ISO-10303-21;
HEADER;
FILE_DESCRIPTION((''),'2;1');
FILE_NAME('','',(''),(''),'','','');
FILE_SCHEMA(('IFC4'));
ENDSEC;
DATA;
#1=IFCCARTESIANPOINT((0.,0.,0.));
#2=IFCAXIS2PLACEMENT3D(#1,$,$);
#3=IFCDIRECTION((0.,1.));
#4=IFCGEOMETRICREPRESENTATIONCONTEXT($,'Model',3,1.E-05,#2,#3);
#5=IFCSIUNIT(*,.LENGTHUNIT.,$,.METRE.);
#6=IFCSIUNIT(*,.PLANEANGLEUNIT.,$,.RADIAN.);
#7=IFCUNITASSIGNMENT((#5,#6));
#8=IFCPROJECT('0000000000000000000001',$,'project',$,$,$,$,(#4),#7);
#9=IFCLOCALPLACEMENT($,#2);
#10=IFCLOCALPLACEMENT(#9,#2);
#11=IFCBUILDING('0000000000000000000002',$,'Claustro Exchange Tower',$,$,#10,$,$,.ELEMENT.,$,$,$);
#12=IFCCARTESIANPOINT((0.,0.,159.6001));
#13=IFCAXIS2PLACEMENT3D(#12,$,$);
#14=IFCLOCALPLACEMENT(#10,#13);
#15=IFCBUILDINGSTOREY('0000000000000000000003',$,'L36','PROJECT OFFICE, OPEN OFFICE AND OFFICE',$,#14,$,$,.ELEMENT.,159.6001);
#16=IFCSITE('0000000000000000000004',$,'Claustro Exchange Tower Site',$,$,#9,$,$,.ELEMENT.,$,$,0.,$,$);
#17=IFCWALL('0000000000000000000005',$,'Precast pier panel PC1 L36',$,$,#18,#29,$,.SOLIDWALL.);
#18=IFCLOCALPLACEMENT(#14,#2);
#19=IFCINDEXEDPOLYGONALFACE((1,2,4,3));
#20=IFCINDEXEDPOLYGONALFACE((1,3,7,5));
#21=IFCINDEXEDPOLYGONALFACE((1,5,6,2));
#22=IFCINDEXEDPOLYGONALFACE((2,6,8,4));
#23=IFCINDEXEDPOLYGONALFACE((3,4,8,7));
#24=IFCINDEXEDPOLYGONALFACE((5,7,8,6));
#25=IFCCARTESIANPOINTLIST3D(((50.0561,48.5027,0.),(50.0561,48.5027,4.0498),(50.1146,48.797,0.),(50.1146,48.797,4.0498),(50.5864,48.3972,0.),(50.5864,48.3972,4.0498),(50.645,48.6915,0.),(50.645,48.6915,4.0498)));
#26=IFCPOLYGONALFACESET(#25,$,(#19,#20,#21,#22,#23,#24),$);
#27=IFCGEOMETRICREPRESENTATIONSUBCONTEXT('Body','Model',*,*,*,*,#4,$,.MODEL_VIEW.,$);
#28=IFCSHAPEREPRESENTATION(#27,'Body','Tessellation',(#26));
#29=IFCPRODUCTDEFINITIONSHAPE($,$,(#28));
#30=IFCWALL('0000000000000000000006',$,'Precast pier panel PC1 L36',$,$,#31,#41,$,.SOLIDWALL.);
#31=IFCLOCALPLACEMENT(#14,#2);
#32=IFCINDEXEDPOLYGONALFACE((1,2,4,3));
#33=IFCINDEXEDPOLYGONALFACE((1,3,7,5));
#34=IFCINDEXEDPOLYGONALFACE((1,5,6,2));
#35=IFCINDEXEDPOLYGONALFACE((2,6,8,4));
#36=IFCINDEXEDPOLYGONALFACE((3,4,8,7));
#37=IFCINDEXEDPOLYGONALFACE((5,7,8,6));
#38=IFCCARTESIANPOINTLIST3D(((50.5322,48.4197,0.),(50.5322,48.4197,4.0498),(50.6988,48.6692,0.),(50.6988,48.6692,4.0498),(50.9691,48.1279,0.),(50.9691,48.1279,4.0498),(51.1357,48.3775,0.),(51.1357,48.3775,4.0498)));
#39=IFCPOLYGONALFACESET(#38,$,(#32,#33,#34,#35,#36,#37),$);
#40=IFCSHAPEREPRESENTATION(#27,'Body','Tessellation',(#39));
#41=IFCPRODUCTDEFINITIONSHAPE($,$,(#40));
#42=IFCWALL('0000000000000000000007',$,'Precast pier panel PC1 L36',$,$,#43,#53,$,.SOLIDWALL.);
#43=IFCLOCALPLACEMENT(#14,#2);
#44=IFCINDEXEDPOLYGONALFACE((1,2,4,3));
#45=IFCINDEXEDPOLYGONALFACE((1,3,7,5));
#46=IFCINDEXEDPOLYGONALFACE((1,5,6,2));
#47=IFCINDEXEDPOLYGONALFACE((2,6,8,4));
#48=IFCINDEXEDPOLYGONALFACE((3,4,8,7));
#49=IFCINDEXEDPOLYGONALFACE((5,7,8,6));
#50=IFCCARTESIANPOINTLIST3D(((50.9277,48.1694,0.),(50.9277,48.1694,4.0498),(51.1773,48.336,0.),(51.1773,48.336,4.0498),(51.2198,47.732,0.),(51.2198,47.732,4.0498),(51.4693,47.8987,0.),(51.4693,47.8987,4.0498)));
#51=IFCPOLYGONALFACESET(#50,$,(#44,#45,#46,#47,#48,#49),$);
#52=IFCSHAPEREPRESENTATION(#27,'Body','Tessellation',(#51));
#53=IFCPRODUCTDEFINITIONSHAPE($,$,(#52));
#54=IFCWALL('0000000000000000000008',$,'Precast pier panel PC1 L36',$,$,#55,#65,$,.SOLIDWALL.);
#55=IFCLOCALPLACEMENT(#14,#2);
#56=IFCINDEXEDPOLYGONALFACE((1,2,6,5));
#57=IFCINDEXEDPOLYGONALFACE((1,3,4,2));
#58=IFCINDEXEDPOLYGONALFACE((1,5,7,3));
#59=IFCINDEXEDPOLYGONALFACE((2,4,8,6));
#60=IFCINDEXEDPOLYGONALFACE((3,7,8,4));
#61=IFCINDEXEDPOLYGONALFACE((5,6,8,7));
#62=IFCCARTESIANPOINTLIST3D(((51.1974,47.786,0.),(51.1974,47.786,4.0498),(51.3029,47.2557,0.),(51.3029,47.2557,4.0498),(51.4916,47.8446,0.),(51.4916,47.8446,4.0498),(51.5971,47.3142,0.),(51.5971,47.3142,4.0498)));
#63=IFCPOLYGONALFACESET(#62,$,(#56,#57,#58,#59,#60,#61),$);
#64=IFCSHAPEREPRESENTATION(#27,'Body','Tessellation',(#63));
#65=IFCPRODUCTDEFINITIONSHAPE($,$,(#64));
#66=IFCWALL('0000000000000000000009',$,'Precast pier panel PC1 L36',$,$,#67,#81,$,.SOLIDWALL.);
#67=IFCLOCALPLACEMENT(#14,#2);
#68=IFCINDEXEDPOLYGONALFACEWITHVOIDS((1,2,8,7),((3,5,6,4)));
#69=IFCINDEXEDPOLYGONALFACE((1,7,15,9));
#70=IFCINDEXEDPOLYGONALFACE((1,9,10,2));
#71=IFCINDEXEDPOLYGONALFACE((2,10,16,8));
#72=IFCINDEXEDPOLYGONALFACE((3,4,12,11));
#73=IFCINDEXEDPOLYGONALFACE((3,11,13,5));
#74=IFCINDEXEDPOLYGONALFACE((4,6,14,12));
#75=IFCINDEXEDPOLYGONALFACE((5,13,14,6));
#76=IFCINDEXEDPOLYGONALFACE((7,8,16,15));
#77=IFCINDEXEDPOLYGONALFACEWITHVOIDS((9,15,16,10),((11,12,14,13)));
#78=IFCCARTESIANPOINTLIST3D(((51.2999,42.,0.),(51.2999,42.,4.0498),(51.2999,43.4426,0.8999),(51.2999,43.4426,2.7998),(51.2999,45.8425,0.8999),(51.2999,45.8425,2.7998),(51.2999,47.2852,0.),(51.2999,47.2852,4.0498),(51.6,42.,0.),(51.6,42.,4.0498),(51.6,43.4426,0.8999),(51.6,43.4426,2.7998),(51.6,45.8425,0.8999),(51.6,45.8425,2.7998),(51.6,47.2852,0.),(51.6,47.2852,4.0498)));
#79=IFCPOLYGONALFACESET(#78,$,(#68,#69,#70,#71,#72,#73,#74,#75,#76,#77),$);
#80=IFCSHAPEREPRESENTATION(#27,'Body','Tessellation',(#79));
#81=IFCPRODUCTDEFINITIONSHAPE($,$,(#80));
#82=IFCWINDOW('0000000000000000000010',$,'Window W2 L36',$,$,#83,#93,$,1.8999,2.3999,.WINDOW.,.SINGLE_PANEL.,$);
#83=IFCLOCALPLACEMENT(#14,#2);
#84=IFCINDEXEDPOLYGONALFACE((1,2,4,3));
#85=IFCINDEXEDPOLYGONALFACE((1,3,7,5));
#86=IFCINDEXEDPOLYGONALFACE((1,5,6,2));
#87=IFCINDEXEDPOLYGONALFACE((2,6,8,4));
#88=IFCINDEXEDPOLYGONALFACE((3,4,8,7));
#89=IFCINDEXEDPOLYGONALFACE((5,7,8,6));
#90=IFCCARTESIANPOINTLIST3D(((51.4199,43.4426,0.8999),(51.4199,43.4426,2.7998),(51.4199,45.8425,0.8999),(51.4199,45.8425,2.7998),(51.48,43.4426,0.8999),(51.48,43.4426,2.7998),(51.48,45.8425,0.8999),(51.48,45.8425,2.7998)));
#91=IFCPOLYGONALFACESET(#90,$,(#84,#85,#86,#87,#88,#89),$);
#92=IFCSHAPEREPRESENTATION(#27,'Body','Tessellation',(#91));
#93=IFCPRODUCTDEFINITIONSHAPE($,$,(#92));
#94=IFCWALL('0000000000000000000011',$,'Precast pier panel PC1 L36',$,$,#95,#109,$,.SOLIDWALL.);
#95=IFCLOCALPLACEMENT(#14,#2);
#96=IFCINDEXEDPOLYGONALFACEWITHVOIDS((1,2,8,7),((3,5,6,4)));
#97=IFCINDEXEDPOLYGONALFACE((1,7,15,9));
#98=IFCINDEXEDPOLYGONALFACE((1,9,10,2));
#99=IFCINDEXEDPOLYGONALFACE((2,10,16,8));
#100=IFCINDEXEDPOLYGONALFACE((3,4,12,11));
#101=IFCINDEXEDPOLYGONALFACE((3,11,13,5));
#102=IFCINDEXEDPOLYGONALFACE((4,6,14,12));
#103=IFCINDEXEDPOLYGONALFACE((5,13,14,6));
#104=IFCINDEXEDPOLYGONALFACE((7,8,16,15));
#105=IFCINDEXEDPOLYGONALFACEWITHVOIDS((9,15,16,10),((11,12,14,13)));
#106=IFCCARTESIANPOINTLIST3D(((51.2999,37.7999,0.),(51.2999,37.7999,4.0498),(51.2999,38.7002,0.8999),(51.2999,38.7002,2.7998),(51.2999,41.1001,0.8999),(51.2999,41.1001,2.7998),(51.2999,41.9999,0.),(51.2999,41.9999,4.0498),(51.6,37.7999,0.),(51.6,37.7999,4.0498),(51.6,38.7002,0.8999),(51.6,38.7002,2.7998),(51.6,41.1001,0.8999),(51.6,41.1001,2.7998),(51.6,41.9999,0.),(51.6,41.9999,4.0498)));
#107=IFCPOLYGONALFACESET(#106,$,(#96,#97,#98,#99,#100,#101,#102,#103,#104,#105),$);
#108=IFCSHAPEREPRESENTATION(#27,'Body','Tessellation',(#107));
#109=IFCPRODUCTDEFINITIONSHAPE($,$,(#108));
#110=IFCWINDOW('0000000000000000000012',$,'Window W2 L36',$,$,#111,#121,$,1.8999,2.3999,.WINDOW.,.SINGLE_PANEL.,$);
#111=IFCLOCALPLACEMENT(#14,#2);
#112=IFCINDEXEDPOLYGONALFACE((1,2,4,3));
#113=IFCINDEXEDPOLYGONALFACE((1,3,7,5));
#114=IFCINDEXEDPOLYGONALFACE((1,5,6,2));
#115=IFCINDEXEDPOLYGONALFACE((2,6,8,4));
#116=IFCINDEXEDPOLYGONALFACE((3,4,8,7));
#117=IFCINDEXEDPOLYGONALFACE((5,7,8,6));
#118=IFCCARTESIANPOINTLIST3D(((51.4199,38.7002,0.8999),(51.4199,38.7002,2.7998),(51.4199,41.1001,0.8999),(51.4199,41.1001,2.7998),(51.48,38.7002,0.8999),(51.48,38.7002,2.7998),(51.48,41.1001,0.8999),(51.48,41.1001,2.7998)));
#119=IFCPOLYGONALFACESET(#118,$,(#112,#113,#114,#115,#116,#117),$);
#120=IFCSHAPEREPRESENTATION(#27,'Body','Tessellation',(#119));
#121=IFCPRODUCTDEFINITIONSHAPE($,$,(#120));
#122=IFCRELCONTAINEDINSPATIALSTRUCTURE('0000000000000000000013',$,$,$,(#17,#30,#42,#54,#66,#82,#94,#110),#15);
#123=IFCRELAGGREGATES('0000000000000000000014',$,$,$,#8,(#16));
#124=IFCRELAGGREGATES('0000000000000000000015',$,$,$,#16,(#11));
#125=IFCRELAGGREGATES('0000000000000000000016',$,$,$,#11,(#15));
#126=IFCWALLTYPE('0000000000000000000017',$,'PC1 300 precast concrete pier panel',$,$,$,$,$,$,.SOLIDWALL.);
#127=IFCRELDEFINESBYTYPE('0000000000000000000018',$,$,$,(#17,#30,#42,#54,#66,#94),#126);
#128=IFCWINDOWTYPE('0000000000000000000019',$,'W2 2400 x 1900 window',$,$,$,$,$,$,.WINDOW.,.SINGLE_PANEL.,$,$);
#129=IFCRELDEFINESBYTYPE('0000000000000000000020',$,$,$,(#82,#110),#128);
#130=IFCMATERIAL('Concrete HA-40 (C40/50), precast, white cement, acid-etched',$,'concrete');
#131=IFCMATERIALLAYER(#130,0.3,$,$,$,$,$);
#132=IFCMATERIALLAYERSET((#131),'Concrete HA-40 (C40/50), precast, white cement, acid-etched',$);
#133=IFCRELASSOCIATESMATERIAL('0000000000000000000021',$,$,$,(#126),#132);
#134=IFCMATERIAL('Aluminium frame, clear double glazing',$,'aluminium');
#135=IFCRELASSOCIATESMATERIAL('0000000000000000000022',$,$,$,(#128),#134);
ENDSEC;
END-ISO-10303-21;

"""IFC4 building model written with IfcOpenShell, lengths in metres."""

from ifc_helpers import new_model, si_unit, direction, frame, frame_2d, origin, place, context, subcontext, project, spatial, rectangle, extrude, material, layer, layer_set, type_object, element, fill, save


model = new_model("IFC4")

# Units and contexts
model_context = context("Model", 3, precision=1e-05, world=origin(), true_north=direction((0.0, 1.0)))
body_context = subcontext(model_context, "Body", "Model", "MODEL_VIEW")
ifc_project = project(units=[si_unit("LENGTHUNIT", "METRE"), si_unit("PLANEANGLEUNIT", "RADIAN")], contexts=[model_context])

# Site, building, storey
site_placement = place(None, origin())
site = spatial("IfcSite", under=ifc_project, at=site_placement, Name="Claustro Exchange Tower Site", CompositionType="ELEMENT", RefElevation=0.0)
building_placement = place(site_placement, origin())
building = spatial("IfcBuilding", under=site, at=building_placement, Name="Claustro Exchange Tower", CompositionType="ELEMENT")
storey_placement = place(building_placement, frame((0.0, 0.0, 159.6001)))
storey = spatial("IfcBuildingStorey", under=building, at=storey_placement, Name="L36", Description="PROJECT OFFICE, OPEN OFFICE AND OFFICE", CompositionType="ELEMENT", Elevation=159.6001)

# Shared definitions
ifc_material_1 = material(Name="Concrete HA-40 (C40/50), precast, white cement, acid-etched", Category="concrete")
ifc_layer_1 = layer(ifc_material_1, 0.3)
ifc_layer_set_1 = layer_set([ifc_layer_1], Name="Concrete HA-40 (C40/50), precast, white cement, acid-etched")
wall_type_1 = type_object("IfcWallType", Name="PC1 300 precast concrete pier panel", PredefinedType="SOLIDWALL", material=ifc_layer_set_1)

# Walls
wall_1_placement = place(storey_placement, frame((50.0852, 48.6499, 0.0), z_axis=(0.0, 0.0, 1.0), x_axis=(0.980789, -0.195074, 0.0)))
element("IfcWall", 1, at=wall_1_placement, inside=storey, type_object=wall_type_1, Name="Precast pier panel PC1 L36", PredefinedType="SOLIDWALL", context=body_context, shape_type="SweptSolid", body=[
    extrude(rectangle(XDim=0.5408, YDim=0.3, at=frame_2d((0.2705, 0.0))), origin(), (0.0, 0.0, 1.0), 4.0498),
])
wall_2_placement = place(storey_placement, frame((50.6155, 48.5444, 0.0), z_axis=(0.0, 0.0, 1.0), x_axis=(0.831693, -0.555236, 0.0)))
element("IfcWall", 2, at=wall_2_placement, inside=storey, type_object=wall_type_1, Name="Precast pier panel PC1 L36", PredefinedType="SOLIDWALL", context=body_context, shape_type="SweptSolid", body=[
    extrude(rectangle(XDim=0.5254, YDim=0.3, at=frame_2d((0.2627, 0.0))), origin(), (0.0, 0.0, 1.0), 4.0498),
])
wall_3_placement = place(storey_placement, frame((51.0525, 48.2527, 0.0), z_axis=(0.0, 0.0, 1.0), x_axis=(0.555343, -0.831621, 0.0)))
element("IfcWall", 3, at=wall_3_placement, inside=storey, type_object=wall_type_1, Name="Precast pier panel PC1 L36", PredefinedType="SOLIDWALL", context=body_context, shape_type="SweptSolid", body=[
    extrude(rectangle(XDim=0.5259, YDim=0.3, at=frame_2d((0.2629, 0.0))), origin(), (0.0, 0.0, 1.0), 4.0498),
])
wall_4_placement = place(storey_placement, frame((51.3445, 47.8154, 0.0), z_axis=(0.0, 0.0, 1.0), x_axis=(0.195074, -0.980789, 0.0)))
element("IfcWall", 4, at=wall_4_placement, inside=storey, type_object=wall_type_1, Name="Precast pier panel PC1 L36", PredefinedType="SOLIDWALL", context=body_context, shape_type="SweptSolid", body=[
    extrude(rectangle(XDim=0.5408, YDim=0.3, at=frame_2d((0.2705, 0.0))), origin(), (0.0, 0.0, 1.0), 4.0498),
])

# Walls, openings, windows
wall_5_placement = place(storey_placement, frame((51.45, 47.2852, 0.0), z_axis=(0.0, 0.0, 1.0), x_axis=(0.0, -1.0, 0.0)))
wall_5 = element("IfcWall", 5, at=wall_5_placement, inside=storey, type_object=wall_type_1, Name="Precast pier panel PC1 L36", PredefinedType="SOLIDWALL", context=body_context, shape_type="SweptSolid", body=[
    extrude(rectangle(XDim=5.2852, YDim=0.3, at=frame_2d((2.6426, 0.0))), origin(), (0.0, 0.0, 1.0), 4.0498),
])
opening_1_placement = place(wall_5_placement, frame((1.4426, 0.0, 0.8999)))
opening_1 = element("IfcOpeningElement", 6, at=opening_1_placement, cuts=wall_5, PredefinedType="OPENING", context=body_context, shape_type="SweptSolid", body=[
    extrude(rectangle(XDim=2.3999, YDim=1.8999, at=frame_2d((1.2, 0.95))), frame((0.0, 0.1599, 0.0), z_axis=(0.0, -1.0, 0.0), x_axis=(1.0, 0.0, 0.0)), (0.0, 0.0, 1.0), 0.3201),
])
ifc_material_2 = material(Name="Aluminium frame, clear double glazing", Category="aluminium")
window_type_1 = type_object("IfcWindowType", Name="W2 2400 x 1900 window", PartitioningType="SINGLE_PANEL", PredefinedType="WINDOW", material=ifc_material_2)
window_1_placement = place(opening_1_placement, origin())
window_1 = element("IfcWindow", 7, at=window_1_placement, inside=storey, type_object=window_type_1, Name="Window W2 L36", OverallHeight=1.8999, OverallWidth=2.3999, PartitioningType="SINGLE_PANEL", PredefinedType="WINDOW", context=body_context, shape_type="SweptSolid", body=[
    extrude(rectangle(XDim=2.3999, YDim=1.8999, at=frame_2d((1.2, 0.95))), frame((0.0, 0.03, 0.0), z_axis=(0.0, -1.0, 0.0), x_axis=(1.0, 0.0, 0.0)), (0.0, 0.0, 1.0), 0.0601),
])
fill(opening_1, window_1)
wall_6_placement = place(storey_placement, frame((51.45, 42.0, 0.0), z_axis=(0.0, 0.0, 1.0), x_axis=(0.0, -1.0, 0.0)))
wall_6 = element("IfcWall", 8, at=wall_6_placement, inside=storey, type_object=wall_type_1, Name="Precast pier panel PC1 L36", PredefinedType="SOLIDWALL", context=body_context, shape_type="SweptSolid", body=[
    extrude(rectangle(XDim=4.2, YDim=0.3, at=frame_2d((2.1001, 0.0))), origin(), (0.0, 0.0, 1.0), 4.0498),
])
opening_2_placement = place(wall_6_placement, frame((0.8999, 0.0, 0.8999)))
opening_2 = element("IfcOpeningElement", 9, at=opening_2_placement, cuts=wall_6, PredefinedType="OPENING", context=body_context, shape_type="SweptSolid", body=[
    extrude(rectangle(XDim=2.3999, YDim=1.8999, at=frame_2d((1.2, 0.95))), frame((0.0, 0.1599, 0.0), z_axis=(0.0, -1.0, 0.0), x_axis=(1.0, 0.0, 0.0)), (0.0, 0.0, 1.0), 0.3201),
])
window_2_placement = place(opening_2_placement, origin())
window_2 = element("IfcWindow", 10, at=window_2_placement, inside=storey, type_object=window_type_1, Name="Window W2 L36", OverallHeight=1.8999, OverallWidth=2.3999, PartitioningType="SINGLE_PANEL", PredefinedType="WINDOW", context=body_context, shape_type="SweptSolid", body=[
    extrude(rectangle(XDim=2.3999, YDim=1.8999, at=frame_2d((1.2, 0.95))), frame((0.0, 0.03, 0.0), z_axis=(0.0, -1.0, 0.0), x_axis=(1.0, 0.0, 0.0)), (0.0, 0.0, 1.0), 0.0601),
])
fill(opening_2, window_2)

save(model, "model.ifc")
